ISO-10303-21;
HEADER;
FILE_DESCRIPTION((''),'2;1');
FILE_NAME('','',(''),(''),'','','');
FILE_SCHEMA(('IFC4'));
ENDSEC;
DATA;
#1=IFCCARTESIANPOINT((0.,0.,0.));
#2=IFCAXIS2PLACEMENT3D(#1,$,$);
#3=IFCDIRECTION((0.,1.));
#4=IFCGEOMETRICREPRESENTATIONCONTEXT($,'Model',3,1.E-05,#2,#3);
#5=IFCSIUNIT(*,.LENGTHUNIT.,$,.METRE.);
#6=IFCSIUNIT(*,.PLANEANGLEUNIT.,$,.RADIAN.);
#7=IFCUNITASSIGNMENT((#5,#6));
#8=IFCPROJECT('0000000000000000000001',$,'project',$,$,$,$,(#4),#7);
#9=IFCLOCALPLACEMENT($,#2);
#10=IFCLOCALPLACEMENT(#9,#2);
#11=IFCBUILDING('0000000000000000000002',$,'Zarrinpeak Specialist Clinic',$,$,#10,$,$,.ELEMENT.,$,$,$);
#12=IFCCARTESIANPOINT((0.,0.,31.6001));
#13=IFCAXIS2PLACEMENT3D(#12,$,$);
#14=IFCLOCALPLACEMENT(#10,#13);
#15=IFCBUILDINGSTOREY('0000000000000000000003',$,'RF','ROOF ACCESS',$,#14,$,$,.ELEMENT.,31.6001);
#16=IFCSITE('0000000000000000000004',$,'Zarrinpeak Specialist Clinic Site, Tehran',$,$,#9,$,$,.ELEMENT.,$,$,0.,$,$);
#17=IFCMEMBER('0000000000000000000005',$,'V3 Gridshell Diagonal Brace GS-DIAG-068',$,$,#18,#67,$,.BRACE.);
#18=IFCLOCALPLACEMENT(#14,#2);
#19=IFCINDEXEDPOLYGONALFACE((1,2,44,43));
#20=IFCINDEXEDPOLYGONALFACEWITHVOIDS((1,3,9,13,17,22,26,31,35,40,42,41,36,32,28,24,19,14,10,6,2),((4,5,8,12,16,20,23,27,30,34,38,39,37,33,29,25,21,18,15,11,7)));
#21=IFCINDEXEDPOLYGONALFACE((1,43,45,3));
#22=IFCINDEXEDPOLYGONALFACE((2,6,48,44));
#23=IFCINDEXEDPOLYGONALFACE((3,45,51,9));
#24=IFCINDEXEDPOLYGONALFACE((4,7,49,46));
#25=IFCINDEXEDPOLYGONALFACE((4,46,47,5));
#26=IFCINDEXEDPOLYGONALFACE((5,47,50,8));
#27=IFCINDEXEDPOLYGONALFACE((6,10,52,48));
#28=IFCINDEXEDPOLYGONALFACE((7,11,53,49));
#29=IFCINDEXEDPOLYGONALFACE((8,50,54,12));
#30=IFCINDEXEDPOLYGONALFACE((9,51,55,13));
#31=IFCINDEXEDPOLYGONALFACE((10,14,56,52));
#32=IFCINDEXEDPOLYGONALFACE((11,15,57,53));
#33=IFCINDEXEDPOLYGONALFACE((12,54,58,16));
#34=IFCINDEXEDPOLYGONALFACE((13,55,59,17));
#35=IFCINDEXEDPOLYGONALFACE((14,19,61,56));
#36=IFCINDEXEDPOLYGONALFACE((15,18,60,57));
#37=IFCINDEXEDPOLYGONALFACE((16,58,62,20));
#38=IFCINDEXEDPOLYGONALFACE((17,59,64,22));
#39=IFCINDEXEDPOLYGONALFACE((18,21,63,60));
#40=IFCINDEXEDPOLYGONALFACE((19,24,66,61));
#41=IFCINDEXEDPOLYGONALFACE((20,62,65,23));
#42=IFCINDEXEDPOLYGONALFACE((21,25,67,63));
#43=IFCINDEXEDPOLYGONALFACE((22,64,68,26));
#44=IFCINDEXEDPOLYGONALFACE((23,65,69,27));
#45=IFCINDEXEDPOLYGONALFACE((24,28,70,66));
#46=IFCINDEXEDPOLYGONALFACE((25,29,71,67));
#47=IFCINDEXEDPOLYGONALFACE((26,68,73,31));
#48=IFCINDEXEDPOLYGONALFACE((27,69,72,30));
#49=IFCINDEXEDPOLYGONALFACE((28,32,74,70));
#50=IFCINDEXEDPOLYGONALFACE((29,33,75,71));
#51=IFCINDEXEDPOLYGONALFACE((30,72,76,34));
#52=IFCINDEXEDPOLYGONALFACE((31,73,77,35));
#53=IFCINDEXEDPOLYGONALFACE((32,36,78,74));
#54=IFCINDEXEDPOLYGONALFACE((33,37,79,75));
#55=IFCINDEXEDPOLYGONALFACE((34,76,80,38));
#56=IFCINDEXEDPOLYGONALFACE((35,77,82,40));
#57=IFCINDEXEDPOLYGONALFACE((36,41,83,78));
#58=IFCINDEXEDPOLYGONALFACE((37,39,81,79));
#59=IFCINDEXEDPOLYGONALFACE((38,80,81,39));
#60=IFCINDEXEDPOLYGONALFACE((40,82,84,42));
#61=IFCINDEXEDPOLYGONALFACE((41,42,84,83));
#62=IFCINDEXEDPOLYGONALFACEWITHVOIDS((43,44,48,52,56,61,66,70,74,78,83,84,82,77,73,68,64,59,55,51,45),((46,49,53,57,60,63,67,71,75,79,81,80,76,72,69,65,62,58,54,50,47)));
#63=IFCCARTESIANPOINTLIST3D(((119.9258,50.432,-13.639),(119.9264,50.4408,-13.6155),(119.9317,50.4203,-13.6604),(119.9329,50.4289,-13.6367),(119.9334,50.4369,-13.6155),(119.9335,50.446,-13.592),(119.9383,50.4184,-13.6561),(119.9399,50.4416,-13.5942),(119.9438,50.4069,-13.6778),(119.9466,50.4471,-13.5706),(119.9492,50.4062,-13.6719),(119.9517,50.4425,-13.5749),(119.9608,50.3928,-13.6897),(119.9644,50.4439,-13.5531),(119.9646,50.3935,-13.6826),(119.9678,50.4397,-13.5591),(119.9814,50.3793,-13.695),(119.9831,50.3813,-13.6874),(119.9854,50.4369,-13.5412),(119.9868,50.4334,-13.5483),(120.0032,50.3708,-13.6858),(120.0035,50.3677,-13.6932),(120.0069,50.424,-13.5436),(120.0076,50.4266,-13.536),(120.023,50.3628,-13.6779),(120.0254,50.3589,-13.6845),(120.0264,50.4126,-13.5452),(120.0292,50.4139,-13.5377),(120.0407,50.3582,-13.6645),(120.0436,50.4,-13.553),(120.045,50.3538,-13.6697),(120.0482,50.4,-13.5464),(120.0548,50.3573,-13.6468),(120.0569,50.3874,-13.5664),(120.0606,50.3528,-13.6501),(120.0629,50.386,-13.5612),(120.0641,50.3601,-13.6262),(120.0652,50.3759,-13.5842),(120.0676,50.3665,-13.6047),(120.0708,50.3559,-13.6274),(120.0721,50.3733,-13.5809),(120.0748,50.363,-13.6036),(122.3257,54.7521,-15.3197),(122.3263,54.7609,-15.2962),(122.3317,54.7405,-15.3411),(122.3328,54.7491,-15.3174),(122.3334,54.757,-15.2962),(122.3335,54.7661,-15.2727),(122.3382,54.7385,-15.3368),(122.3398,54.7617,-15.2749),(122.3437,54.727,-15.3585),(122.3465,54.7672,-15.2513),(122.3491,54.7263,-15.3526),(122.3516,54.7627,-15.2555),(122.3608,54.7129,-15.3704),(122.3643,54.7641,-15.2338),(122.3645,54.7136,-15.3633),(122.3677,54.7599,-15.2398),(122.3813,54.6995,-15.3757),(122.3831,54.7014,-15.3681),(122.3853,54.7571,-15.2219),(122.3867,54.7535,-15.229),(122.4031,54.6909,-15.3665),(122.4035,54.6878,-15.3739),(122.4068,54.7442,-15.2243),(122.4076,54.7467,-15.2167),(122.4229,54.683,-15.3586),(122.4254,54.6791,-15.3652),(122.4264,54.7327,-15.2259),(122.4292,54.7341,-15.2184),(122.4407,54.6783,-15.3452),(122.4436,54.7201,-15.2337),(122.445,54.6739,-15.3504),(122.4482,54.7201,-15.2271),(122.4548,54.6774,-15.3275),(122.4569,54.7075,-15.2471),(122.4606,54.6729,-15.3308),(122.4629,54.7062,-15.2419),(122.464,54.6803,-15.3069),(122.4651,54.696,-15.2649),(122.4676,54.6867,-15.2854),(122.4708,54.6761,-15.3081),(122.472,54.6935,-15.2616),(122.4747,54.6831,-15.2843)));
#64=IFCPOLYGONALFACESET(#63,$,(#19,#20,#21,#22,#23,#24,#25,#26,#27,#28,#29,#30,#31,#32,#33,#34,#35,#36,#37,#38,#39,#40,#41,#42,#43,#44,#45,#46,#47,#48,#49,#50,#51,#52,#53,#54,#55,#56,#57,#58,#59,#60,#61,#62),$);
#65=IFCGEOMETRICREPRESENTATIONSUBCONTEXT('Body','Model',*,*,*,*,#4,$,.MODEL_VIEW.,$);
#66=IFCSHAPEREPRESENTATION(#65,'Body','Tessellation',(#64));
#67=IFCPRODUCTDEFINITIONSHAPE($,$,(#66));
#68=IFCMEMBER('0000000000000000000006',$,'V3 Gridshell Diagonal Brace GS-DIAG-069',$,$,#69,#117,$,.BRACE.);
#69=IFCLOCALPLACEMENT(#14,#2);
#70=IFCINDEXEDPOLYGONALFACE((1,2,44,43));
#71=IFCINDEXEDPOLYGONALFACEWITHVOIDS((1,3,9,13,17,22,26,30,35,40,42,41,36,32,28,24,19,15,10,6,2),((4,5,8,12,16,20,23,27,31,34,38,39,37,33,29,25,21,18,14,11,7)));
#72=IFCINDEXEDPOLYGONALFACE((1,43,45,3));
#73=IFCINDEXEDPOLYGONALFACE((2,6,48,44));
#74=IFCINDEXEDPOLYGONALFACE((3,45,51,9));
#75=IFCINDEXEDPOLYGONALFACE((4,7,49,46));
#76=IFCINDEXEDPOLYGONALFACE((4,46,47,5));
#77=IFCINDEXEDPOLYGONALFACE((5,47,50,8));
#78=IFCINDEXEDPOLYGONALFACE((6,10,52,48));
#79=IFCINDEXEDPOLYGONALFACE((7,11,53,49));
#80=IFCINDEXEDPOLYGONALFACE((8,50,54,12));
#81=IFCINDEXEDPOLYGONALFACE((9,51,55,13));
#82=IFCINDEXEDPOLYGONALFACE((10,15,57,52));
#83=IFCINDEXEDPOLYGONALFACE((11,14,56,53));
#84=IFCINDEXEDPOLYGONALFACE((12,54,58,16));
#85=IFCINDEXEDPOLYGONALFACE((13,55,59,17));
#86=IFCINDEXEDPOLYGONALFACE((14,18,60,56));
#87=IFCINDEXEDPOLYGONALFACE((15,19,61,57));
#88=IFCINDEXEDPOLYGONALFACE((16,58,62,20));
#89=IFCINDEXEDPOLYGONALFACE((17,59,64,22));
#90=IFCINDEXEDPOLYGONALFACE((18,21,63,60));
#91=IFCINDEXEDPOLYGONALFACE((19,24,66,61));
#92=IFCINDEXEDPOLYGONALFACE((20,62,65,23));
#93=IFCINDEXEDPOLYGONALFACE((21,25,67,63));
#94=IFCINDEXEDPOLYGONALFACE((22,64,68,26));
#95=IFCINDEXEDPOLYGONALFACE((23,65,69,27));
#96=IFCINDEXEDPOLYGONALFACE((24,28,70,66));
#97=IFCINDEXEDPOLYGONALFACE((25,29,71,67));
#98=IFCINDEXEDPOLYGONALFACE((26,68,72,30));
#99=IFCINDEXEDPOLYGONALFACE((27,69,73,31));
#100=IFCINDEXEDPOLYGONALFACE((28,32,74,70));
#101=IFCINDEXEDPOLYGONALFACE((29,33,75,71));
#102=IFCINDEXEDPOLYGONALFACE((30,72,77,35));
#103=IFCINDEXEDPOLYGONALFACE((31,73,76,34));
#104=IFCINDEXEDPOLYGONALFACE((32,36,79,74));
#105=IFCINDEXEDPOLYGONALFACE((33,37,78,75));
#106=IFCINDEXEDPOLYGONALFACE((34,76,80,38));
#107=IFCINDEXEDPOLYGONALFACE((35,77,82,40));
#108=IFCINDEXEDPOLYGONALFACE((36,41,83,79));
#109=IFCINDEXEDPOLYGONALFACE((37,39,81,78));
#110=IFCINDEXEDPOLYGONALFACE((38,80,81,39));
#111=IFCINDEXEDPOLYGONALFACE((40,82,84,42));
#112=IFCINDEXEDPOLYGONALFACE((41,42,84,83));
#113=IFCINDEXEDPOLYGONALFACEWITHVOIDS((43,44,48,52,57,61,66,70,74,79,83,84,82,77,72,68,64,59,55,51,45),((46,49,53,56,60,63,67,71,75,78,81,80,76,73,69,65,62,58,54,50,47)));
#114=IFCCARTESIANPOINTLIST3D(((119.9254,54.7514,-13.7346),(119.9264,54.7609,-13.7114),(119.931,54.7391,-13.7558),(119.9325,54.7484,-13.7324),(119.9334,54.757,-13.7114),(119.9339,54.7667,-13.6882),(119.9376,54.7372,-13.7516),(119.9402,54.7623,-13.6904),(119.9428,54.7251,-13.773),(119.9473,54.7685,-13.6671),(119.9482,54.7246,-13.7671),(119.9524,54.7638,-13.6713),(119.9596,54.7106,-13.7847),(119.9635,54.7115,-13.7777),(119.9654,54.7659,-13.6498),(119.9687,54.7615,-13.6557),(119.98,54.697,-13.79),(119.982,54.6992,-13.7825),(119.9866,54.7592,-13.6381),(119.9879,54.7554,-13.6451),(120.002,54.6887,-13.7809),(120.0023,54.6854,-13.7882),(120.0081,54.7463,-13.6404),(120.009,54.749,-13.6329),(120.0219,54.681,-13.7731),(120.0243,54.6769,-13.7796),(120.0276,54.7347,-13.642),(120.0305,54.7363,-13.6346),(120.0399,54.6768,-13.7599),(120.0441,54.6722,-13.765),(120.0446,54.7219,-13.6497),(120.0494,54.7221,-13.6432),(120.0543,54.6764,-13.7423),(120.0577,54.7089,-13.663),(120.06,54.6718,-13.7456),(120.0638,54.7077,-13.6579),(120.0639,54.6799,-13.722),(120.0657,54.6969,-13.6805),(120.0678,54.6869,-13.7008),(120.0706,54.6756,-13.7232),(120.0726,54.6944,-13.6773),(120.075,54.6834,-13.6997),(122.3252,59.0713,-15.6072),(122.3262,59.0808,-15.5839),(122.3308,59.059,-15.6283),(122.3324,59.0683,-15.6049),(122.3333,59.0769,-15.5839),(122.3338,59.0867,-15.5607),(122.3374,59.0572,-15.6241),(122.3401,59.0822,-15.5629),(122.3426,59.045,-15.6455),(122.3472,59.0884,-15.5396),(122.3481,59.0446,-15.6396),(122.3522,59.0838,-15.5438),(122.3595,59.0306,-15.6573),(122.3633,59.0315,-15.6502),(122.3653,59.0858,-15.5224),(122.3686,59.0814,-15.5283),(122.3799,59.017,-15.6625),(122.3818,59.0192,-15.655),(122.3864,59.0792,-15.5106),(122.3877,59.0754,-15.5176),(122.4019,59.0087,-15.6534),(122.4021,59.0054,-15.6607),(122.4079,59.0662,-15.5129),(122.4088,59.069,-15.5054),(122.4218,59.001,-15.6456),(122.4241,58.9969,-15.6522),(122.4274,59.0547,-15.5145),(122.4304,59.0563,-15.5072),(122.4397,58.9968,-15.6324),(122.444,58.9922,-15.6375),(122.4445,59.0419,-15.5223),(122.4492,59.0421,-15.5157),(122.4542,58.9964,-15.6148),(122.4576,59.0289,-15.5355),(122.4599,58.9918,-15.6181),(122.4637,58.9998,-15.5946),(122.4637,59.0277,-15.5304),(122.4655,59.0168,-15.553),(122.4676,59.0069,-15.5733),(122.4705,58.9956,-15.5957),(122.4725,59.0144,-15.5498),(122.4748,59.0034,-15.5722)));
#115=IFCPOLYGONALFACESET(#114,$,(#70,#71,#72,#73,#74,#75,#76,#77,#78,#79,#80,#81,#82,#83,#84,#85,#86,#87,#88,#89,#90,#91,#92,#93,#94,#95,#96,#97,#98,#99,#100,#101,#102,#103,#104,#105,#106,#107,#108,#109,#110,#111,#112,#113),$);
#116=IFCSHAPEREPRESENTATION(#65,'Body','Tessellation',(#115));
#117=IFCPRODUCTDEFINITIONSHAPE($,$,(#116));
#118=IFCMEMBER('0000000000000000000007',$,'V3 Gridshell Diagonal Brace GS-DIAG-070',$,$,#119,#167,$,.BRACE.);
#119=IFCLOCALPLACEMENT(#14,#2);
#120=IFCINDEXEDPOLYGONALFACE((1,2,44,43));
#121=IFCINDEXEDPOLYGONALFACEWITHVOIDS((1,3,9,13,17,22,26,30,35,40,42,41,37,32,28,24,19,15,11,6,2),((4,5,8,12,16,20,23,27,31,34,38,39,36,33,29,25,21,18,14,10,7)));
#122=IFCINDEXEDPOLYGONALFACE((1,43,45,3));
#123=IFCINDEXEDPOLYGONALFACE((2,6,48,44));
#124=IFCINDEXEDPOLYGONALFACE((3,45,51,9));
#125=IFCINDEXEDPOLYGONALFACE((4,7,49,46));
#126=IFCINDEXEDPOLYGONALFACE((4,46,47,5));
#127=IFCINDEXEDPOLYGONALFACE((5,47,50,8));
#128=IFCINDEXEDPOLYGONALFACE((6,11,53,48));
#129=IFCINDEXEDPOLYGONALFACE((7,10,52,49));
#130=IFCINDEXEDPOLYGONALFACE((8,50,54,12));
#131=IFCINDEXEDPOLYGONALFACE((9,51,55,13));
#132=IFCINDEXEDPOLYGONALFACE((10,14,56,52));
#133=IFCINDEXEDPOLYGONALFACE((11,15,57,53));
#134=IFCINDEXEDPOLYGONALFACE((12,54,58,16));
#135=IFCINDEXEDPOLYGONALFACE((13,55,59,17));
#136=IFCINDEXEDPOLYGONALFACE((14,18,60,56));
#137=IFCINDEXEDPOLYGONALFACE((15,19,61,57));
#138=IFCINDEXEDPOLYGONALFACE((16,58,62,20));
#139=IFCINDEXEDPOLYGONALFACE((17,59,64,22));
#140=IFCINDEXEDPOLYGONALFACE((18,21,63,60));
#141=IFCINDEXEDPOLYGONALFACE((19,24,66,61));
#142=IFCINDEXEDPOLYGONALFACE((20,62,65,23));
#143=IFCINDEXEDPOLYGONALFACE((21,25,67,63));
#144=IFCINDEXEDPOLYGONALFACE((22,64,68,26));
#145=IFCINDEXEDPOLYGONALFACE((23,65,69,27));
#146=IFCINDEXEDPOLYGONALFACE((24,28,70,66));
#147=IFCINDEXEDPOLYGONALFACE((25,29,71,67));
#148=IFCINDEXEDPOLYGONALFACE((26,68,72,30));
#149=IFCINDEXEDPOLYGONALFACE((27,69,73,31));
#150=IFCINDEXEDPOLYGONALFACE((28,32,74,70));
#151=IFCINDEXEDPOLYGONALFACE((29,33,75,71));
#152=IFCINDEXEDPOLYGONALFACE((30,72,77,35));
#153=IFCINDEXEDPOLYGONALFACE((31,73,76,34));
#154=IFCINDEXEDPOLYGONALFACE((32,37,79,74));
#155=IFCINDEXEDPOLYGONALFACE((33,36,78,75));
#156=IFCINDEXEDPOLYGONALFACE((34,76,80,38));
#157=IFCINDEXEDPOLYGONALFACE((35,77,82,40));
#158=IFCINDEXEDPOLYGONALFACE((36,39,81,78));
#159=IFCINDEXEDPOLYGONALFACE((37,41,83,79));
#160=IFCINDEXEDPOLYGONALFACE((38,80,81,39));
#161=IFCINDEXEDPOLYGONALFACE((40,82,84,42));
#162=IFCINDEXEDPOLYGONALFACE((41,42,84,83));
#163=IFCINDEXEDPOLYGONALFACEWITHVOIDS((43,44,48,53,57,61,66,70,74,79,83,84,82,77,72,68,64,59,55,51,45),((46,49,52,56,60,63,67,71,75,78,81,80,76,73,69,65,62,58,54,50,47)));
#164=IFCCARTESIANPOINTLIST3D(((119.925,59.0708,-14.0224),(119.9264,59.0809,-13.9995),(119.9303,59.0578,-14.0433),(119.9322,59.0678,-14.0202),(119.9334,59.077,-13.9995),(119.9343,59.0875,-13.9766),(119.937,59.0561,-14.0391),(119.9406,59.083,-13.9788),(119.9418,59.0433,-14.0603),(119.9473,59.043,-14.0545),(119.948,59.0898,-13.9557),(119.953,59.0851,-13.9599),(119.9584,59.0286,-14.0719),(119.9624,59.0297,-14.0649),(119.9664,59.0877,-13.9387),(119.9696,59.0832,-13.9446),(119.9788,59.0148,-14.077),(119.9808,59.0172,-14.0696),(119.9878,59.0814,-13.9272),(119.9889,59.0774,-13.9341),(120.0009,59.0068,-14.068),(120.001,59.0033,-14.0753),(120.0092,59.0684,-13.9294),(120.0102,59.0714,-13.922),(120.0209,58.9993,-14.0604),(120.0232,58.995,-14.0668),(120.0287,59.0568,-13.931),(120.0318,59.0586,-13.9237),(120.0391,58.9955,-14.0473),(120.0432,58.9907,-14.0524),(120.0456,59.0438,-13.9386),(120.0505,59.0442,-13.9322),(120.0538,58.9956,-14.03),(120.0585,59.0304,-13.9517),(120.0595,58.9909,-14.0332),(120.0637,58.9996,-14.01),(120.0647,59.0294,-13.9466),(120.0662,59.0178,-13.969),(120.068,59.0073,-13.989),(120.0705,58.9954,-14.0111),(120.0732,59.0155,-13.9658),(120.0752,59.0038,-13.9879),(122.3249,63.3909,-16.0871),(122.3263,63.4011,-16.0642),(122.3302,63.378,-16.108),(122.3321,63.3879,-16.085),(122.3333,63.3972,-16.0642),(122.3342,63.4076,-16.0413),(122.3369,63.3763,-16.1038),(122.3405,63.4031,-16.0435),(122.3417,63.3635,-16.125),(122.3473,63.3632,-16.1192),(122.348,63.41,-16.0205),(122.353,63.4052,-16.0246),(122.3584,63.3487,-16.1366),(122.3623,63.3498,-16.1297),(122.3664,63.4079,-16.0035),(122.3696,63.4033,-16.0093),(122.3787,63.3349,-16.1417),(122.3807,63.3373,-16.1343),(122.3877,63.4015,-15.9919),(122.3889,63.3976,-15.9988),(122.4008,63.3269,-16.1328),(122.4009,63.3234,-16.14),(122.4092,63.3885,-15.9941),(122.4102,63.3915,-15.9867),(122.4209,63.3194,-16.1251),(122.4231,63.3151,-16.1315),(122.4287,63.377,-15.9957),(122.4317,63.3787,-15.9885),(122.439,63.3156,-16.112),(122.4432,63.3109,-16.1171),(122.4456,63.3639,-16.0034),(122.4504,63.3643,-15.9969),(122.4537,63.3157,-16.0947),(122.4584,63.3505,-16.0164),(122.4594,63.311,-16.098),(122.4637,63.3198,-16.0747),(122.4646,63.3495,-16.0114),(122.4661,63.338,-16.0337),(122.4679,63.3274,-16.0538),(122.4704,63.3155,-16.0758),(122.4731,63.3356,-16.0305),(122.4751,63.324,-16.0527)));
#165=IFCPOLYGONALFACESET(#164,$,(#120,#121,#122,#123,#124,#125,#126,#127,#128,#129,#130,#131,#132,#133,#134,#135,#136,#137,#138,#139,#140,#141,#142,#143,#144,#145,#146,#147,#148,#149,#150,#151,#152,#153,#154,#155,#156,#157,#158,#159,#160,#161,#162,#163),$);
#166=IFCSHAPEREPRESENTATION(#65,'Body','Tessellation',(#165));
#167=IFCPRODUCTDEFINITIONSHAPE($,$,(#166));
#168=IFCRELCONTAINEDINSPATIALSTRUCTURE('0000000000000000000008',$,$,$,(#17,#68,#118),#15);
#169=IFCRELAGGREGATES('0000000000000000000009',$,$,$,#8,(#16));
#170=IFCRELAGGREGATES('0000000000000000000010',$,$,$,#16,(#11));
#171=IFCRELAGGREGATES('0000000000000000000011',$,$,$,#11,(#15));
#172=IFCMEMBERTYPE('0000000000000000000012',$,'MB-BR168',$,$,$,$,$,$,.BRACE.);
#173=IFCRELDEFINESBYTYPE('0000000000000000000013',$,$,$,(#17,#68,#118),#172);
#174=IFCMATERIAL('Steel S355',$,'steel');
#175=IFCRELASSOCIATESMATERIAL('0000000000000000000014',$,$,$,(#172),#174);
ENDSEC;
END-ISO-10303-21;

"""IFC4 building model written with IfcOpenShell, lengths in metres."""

from ifc_helpers import new_model, si_unit, direction, frame, origin, origin_2d, place, context, subcontext, project, spatial, hollow_circle, extrude, material, material_profile, profile_set, type_object, element, save


model = new_model("IFC4")

# Units and contexts
model_context = context("Model", 3, precision=1e-05, world=origin(), true_north=direction((0.0, 1.0)))
body_context = subcontext(model_context, "Body", "Model", "MODEL_VIEW")
ifc_project = project(units=[si_unit("LENGTHUNIT", "METRE"), si_unit("PLANEANGLEUNIT", "RADIAN")], contexts=[model_context])

# Site, building, storey
site_placement = place(None, origin())
site = spatial("IfcSite", under=ifc_project, at=site_placement, Name="Zarrinpeak Specialist Clinic Site, Tehran", CompositionType="ELEMENT", RefElevation=0.0)
building_placement = place(site_placement, origin())
building = spatial("IfcBuilding", under=site, at=building_placement, Name="Zarrinpeak Specialist Clinic", CompositionType="ELEMENT")
storey_placement = place(building_placement, frame((0.0, 0.0, 31.6001)))
storey = spatial("IfcBuildingStorey", under=building, at=storey_placement, Name="RF", Description="ROOF ACCESS", CompositionType="ELEMENT", Elevation=31.6001)

# Members
ifc_material_1 = material(Name="Steel S355", Category="steel")
ifc_material_profile_1 = material_profile(ifc_material_1, hollow_circle(Radius=0.0842, WallThickness=0.0081, at=origin_2d()), Name="CHS 168.3x8.0")
ifc_profile_set_1 = profile_set([ifc_material_profile_1], Name="Steel S355")
member_type_1 = type_object("IfcMemberType", Name="MB-BR168", PredefinedType="BRACE", material=ifc_profile_set_1)
member_1_placement = place(storey_placement, frame((120.0, 50.3999, -13.6155), z_axis=(0.459762, 0.827618, -0.321974), x_axis=(-0.874169, 0.485622, 0.0)))
element("IfcMember", 1, at=member_1_placement, inside=storey, type_object=member_type_1, Name="V3 Gridshell Diagonal Brace GS-DIAG-068", PredefinedType="BRACE", context=body_context, shape_type="SweptSolid", body=[
    extrude(hollow_circle(Radius=0.0842, WallThickness=0.0081, at=origin_2d()), origin(), (0.0, 0.0, 1.0), 5.22),
])
member_2_placement = place(storey_placement, frame((120.0, 54.72, -13.7114), z_axis=(0.454115, 0.817453, -0.35433), x_axis=(-0.874169, 0.485622, 0.0)))
element("IfcMember", 2, at=member_2_placement, inside=storey, type_object=member_type_1, Name="V3 Gridshell Diagonal Brace GS-DIAG-069", PredefinedType="BRACE", context=body_context, shape_type="SweptSolid", body=[
    extrude(hollow_circle(Radius=0.0842, WallThickness=0.0081, at=origin_2d()), origin(), (0.0, 0.0, 1.0), 5.2847),
])
member_3_placement = place(storey_placement, frame((120.0, 59.04, -13.9995), z_axis=(0.448087, 0.806602, -0.385501), x_axis=(-0.874169, 0.485622, 0.0)))
element("IfcMember", 3, at=member_3_placement, inside=storey, type_object=member_type_1, Name="V3 Gridshell Diagonal Brace GS-DIAG-070", PredefinedType="BRACE", context=body_context, shape_type="SweptSolid", body=[
    extrude(hollow_circle(Radius=0.0842, WallThickness=0.0081, at=origin_2d()), origin(), (0.0, 0.0, 1.0), 5.356),
])

save(model, "model.ifc")
